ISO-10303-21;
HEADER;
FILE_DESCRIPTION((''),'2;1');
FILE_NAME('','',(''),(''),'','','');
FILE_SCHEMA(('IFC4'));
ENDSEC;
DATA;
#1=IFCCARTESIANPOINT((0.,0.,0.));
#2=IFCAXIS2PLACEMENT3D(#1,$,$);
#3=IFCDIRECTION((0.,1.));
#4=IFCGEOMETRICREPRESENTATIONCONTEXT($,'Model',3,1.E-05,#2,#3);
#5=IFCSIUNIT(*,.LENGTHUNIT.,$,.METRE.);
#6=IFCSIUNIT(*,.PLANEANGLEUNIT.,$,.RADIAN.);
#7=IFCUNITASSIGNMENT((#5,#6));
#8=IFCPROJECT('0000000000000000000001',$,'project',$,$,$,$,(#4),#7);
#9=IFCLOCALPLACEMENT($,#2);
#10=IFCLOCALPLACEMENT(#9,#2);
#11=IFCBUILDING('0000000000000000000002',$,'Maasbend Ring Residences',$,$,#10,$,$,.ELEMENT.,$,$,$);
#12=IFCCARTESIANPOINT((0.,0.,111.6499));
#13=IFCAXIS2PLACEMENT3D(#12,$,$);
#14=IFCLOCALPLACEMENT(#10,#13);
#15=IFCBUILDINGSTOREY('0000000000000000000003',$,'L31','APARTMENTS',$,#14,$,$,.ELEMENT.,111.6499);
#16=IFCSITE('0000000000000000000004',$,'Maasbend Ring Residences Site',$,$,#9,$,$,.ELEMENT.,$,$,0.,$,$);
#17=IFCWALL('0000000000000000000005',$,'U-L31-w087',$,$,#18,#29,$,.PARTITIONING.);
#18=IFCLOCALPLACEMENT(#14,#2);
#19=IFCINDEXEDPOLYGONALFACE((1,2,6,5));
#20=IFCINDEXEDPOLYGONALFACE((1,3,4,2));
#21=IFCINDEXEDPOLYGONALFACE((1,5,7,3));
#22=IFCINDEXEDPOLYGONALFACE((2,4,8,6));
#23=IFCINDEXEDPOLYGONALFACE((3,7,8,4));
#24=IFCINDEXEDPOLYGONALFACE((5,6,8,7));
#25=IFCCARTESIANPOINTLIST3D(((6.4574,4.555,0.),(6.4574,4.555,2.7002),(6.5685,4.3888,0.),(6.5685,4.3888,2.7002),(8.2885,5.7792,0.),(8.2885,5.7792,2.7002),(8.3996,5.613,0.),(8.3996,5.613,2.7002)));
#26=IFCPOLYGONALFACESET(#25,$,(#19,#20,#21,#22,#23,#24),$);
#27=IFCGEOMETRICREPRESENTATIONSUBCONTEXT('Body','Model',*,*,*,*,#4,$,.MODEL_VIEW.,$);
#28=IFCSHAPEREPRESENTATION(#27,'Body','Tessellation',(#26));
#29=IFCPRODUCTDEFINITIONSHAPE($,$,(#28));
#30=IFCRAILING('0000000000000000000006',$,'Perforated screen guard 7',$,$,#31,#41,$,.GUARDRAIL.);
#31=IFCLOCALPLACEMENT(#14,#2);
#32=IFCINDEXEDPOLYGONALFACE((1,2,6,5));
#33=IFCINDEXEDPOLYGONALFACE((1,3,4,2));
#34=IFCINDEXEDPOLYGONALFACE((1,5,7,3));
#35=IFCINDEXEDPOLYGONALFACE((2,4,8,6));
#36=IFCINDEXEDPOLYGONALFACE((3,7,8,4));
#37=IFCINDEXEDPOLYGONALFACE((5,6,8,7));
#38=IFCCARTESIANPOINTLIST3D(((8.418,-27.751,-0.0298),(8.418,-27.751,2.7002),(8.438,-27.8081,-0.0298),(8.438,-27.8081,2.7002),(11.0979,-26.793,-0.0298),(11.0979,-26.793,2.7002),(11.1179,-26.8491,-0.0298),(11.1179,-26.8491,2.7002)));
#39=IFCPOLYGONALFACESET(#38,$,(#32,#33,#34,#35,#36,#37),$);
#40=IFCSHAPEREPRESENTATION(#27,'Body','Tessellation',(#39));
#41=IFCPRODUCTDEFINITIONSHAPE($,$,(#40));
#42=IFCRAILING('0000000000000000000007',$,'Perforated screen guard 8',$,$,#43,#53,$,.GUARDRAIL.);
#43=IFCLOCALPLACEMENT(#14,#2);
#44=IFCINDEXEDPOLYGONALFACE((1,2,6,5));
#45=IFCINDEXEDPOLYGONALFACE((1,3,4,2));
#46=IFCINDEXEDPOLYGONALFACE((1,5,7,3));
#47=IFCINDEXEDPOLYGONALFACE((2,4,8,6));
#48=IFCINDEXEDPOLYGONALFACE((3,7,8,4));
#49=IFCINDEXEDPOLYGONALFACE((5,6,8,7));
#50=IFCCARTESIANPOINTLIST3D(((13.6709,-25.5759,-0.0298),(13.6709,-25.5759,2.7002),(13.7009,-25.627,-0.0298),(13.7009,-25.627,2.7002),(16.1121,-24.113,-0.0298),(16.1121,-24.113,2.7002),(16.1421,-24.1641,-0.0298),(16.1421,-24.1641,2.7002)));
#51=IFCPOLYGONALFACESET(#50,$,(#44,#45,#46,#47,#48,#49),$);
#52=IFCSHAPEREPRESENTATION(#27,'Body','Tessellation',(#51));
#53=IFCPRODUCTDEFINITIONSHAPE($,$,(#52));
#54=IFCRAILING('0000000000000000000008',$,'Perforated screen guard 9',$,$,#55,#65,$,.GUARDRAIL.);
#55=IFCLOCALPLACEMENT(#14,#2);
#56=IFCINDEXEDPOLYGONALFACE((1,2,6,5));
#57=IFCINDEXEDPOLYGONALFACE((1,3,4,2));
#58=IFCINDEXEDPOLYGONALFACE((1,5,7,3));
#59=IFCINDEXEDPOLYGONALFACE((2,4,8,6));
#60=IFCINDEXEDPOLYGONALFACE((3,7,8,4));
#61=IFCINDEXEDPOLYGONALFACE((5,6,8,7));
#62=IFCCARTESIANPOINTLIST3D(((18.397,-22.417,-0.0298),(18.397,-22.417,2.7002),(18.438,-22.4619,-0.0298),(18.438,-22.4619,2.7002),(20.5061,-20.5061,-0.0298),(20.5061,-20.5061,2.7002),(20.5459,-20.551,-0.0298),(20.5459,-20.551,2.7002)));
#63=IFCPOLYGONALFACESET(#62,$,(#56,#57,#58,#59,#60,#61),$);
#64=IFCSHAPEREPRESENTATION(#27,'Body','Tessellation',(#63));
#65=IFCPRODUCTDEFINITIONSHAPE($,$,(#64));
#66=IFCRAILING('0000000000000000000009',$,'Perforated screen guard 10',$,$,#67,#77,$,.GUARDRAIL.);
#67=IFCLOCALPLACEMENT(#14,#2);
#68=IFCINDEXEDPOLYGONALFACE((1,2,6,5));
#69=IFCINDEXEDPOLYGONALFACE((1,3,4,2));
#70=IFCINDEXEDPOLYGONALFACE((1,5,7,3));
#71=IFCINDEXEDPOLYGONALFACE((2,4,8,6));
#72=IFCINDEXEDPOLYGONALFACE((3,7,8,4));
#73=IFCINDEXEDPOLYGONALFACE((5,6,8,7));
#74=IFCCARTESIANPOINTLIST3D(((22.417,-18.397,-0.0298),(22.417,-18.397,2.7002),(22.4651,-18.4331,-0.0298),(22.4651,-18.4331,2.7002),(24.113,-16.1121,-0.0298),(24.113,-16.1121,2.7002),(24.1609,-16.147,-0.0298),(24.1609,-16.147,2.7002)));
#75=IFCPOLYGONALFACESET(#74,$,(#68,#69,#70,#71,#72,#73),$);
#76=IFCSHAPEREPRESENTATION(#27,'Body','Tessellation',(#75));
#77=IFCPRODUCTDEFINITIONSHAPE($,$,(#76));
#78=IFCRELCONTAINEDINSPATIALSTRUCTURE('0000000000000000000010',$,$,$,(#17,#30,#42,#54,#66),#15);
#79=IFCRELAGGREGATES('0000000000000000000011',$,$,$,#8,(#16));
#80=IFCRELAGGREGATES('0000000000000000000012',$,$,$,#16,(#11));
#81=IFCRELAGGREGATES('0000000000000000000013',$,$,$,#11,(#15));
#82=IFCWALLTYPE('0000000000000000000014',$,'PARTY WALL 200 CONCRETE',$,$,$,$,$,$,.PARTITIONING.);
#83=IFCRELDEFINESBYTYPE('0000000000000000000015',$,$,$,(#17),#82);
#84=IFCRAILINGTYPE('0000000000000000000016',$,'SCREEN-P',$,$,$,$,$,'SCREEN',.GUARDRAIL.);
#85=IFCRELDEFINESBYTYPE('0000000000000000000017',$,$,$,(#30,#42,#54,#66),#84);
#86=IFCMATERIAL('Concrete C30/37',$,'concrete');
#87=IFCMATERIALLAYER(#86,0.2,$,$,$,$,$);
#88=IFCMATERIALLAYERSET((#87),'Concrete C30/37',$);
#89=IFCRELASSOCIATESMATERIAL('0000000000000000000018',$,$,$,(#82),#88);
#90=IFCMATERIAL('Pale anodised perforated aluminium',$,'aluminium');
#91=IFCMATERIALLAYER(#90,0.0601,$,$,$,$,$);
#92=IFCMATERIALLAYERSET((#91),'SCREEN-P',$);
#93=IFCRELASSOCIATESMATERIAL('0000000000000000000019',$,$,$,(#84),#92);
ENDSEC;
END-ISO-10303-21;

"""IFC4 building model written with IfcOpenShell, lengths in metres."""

from ifc_helpers import new_model, si_unit, direction, frame, frame_2d, origin, place, context, subcontext, project, spatial, polyline, rectangle, outline, extrude, material, layer, layer_set, type_object, element, save


model = new_model("IFC4")

# Units and contexts
model_context = context("Model", 3, precision=1e-05, world=origin(), true_north=direction((0.0, 1.0)))
body_context = subcontext(model_context, "Body", "Model", "MODEL_VIEW")
ifc_project = project(units=[si_unit("LENGTHUNIT", "METRE"), si_unit("PLANEANGLEUNIT", "RADIAN")], contexts=[model_context])

# Site, building, storey
site_placement = place(None, origin())
site = spatial("IfcSite", under=ifc_project, at=site_placement, Name="Maasbend Ring Residences Site", CompositionType="ELEMENT", RefElevation=0.0)
building_placement = place(site_placement, origin())
building = spatial("IfcBuilding", under=site, at=building_placement, Name="Maasbend Ring Residences", CompositionType="ELEMENT")
storey_placement = place(building_placement, frame((0.0, 0.0, 111.6499)))
storey = spatial("IfcBuildingStorey", under=building, at=storey_placement, Name="L31", Description="APARTMENTS", CompositionType="ELEMENT", Elevation=111.6499)

# Wall
ifc_material_1 = material(Name="Concrete C30/37", Category="concrete")
ifc_layer_1 = layer(ifc_material_1, 0.2)
ifc_layer_set_1 = layer_set([ifc_layer_1], Name="Concrete C30/37")
wall_type_1 = type_object("IfcWallType", Name="PARTY WALL 200 CONCRETE", PredefinedType="PARTITIONING", material=ifc_layer_set_1)
wall_1_placement = place(storey_placement, frame((6.5129, 4.4719, 0.0), z_axis=(0.0, 0.0, 1.0), x_axis=(0.831333, 0.555774, 0.0)))
element("IfcWall", 1, at=wall_1_placement, inside=storey, type_object=wall_type_1, Name="U-L31-w087", PredefinedType="PARTITIONING", context=body_context, shape_type="SweptSolid", body=[
    extrude(rectangle(XDim=2.2026, YDim=0.2, at=frame_2d((1.1013, 0.0))), origin(), (0.0, 0.0, 1.0), 2.7002),
])

# Railings
ifc_material_2 = material(Name="Pale anodised perforated aluminium", Category="aluminium")
ifc_layer_2 = layer(ifc_material_2, 0.0601)
ifc_layer_set_2 = layer_set([ifc_layer_2], Name="SCREEN-P")
railing_type = type_object("IfcRailingType", Name="SCREEN-P", ElementType="SCREEN", PredefinedType="GUARDRAIL", material=ifc_layer_set_2)
railing_1_placement = place(storey_placement, frame((0.0, 0.0, -0.0298)))
element("IfcRailing", 2, at=railing_1_placement, inside=storey, type_object=railing_type, Name="Perforated screen guard 7", PredefinedType="GUARDRAIL", context=body_context, shape_type="SweptSolid", body=[
    extrude(outline(polyline([(8.418, -27.751), (11.0979, -26.793), (11.1179, -26.8491), (8.438, -27.8081), (8.418, -27.751)])), origin(), (0.0, 0.0, 1.0), 2.73),
])
railing_2_placement = place(storey_placement, frame((0.0, 0.0, -0.0298)))
element("IfcRailing", 3, at=railing_2_placement, inside=storey, type_object=railing_type, Name="Perforated screen guard 8", PredefinedType="GUARDRAIL", context=body_context, shape_type="SweptSolid", body=[
    extrude(outline(polyline([(13.6709, -25.5759), (16.1121, -24.113), (16.1421, -24.1641), (13.7009, -25.627), (13.6709, -25.5759)])), origin(), (0.0, 0.0, 1.0), 2.73),
])
railing_3_placement = place(storey_placement, frame((0.0, 0.0, -0.0298)))
element("IfcRailing", 4, at=railing_3_placement, inside=storey, type_object=railing_type, Name="Perforated screen guard 9", PredefinedType="GUARDRAIL", context=body_context, shape_type="SweptSolid", body=[
    extrude(outline(polyline([(18.397, -22.417), (20.5061, -20.5061), (20.5459, -20.551), (18.438, -22.4619), (18.397, -22.417)])), origin(), (0.0, 0.0, 1.0), 2.73),
])
railing_4_placement = place(storey_placement, frame((0.0, 0.0, -0.0298)))
element("IfcRailing", 5, at=railing_4_placement, inside=storey, type_object=railing_type, Name="Perforated screen guard 10", PredefinedType="GUARDRAIL", context=body_context, shape_type="SweptSolid", body=[
    extrude(outline(polyline([(22.417, -18.397), (24.113, -16.1121), (24.1609, -16.147), (22.4651, -18.4331), (22.417, -18.397)])), origin(), (0.0, 0.0, 1.0), 2.73),
])

save(model, "model.ifc")
